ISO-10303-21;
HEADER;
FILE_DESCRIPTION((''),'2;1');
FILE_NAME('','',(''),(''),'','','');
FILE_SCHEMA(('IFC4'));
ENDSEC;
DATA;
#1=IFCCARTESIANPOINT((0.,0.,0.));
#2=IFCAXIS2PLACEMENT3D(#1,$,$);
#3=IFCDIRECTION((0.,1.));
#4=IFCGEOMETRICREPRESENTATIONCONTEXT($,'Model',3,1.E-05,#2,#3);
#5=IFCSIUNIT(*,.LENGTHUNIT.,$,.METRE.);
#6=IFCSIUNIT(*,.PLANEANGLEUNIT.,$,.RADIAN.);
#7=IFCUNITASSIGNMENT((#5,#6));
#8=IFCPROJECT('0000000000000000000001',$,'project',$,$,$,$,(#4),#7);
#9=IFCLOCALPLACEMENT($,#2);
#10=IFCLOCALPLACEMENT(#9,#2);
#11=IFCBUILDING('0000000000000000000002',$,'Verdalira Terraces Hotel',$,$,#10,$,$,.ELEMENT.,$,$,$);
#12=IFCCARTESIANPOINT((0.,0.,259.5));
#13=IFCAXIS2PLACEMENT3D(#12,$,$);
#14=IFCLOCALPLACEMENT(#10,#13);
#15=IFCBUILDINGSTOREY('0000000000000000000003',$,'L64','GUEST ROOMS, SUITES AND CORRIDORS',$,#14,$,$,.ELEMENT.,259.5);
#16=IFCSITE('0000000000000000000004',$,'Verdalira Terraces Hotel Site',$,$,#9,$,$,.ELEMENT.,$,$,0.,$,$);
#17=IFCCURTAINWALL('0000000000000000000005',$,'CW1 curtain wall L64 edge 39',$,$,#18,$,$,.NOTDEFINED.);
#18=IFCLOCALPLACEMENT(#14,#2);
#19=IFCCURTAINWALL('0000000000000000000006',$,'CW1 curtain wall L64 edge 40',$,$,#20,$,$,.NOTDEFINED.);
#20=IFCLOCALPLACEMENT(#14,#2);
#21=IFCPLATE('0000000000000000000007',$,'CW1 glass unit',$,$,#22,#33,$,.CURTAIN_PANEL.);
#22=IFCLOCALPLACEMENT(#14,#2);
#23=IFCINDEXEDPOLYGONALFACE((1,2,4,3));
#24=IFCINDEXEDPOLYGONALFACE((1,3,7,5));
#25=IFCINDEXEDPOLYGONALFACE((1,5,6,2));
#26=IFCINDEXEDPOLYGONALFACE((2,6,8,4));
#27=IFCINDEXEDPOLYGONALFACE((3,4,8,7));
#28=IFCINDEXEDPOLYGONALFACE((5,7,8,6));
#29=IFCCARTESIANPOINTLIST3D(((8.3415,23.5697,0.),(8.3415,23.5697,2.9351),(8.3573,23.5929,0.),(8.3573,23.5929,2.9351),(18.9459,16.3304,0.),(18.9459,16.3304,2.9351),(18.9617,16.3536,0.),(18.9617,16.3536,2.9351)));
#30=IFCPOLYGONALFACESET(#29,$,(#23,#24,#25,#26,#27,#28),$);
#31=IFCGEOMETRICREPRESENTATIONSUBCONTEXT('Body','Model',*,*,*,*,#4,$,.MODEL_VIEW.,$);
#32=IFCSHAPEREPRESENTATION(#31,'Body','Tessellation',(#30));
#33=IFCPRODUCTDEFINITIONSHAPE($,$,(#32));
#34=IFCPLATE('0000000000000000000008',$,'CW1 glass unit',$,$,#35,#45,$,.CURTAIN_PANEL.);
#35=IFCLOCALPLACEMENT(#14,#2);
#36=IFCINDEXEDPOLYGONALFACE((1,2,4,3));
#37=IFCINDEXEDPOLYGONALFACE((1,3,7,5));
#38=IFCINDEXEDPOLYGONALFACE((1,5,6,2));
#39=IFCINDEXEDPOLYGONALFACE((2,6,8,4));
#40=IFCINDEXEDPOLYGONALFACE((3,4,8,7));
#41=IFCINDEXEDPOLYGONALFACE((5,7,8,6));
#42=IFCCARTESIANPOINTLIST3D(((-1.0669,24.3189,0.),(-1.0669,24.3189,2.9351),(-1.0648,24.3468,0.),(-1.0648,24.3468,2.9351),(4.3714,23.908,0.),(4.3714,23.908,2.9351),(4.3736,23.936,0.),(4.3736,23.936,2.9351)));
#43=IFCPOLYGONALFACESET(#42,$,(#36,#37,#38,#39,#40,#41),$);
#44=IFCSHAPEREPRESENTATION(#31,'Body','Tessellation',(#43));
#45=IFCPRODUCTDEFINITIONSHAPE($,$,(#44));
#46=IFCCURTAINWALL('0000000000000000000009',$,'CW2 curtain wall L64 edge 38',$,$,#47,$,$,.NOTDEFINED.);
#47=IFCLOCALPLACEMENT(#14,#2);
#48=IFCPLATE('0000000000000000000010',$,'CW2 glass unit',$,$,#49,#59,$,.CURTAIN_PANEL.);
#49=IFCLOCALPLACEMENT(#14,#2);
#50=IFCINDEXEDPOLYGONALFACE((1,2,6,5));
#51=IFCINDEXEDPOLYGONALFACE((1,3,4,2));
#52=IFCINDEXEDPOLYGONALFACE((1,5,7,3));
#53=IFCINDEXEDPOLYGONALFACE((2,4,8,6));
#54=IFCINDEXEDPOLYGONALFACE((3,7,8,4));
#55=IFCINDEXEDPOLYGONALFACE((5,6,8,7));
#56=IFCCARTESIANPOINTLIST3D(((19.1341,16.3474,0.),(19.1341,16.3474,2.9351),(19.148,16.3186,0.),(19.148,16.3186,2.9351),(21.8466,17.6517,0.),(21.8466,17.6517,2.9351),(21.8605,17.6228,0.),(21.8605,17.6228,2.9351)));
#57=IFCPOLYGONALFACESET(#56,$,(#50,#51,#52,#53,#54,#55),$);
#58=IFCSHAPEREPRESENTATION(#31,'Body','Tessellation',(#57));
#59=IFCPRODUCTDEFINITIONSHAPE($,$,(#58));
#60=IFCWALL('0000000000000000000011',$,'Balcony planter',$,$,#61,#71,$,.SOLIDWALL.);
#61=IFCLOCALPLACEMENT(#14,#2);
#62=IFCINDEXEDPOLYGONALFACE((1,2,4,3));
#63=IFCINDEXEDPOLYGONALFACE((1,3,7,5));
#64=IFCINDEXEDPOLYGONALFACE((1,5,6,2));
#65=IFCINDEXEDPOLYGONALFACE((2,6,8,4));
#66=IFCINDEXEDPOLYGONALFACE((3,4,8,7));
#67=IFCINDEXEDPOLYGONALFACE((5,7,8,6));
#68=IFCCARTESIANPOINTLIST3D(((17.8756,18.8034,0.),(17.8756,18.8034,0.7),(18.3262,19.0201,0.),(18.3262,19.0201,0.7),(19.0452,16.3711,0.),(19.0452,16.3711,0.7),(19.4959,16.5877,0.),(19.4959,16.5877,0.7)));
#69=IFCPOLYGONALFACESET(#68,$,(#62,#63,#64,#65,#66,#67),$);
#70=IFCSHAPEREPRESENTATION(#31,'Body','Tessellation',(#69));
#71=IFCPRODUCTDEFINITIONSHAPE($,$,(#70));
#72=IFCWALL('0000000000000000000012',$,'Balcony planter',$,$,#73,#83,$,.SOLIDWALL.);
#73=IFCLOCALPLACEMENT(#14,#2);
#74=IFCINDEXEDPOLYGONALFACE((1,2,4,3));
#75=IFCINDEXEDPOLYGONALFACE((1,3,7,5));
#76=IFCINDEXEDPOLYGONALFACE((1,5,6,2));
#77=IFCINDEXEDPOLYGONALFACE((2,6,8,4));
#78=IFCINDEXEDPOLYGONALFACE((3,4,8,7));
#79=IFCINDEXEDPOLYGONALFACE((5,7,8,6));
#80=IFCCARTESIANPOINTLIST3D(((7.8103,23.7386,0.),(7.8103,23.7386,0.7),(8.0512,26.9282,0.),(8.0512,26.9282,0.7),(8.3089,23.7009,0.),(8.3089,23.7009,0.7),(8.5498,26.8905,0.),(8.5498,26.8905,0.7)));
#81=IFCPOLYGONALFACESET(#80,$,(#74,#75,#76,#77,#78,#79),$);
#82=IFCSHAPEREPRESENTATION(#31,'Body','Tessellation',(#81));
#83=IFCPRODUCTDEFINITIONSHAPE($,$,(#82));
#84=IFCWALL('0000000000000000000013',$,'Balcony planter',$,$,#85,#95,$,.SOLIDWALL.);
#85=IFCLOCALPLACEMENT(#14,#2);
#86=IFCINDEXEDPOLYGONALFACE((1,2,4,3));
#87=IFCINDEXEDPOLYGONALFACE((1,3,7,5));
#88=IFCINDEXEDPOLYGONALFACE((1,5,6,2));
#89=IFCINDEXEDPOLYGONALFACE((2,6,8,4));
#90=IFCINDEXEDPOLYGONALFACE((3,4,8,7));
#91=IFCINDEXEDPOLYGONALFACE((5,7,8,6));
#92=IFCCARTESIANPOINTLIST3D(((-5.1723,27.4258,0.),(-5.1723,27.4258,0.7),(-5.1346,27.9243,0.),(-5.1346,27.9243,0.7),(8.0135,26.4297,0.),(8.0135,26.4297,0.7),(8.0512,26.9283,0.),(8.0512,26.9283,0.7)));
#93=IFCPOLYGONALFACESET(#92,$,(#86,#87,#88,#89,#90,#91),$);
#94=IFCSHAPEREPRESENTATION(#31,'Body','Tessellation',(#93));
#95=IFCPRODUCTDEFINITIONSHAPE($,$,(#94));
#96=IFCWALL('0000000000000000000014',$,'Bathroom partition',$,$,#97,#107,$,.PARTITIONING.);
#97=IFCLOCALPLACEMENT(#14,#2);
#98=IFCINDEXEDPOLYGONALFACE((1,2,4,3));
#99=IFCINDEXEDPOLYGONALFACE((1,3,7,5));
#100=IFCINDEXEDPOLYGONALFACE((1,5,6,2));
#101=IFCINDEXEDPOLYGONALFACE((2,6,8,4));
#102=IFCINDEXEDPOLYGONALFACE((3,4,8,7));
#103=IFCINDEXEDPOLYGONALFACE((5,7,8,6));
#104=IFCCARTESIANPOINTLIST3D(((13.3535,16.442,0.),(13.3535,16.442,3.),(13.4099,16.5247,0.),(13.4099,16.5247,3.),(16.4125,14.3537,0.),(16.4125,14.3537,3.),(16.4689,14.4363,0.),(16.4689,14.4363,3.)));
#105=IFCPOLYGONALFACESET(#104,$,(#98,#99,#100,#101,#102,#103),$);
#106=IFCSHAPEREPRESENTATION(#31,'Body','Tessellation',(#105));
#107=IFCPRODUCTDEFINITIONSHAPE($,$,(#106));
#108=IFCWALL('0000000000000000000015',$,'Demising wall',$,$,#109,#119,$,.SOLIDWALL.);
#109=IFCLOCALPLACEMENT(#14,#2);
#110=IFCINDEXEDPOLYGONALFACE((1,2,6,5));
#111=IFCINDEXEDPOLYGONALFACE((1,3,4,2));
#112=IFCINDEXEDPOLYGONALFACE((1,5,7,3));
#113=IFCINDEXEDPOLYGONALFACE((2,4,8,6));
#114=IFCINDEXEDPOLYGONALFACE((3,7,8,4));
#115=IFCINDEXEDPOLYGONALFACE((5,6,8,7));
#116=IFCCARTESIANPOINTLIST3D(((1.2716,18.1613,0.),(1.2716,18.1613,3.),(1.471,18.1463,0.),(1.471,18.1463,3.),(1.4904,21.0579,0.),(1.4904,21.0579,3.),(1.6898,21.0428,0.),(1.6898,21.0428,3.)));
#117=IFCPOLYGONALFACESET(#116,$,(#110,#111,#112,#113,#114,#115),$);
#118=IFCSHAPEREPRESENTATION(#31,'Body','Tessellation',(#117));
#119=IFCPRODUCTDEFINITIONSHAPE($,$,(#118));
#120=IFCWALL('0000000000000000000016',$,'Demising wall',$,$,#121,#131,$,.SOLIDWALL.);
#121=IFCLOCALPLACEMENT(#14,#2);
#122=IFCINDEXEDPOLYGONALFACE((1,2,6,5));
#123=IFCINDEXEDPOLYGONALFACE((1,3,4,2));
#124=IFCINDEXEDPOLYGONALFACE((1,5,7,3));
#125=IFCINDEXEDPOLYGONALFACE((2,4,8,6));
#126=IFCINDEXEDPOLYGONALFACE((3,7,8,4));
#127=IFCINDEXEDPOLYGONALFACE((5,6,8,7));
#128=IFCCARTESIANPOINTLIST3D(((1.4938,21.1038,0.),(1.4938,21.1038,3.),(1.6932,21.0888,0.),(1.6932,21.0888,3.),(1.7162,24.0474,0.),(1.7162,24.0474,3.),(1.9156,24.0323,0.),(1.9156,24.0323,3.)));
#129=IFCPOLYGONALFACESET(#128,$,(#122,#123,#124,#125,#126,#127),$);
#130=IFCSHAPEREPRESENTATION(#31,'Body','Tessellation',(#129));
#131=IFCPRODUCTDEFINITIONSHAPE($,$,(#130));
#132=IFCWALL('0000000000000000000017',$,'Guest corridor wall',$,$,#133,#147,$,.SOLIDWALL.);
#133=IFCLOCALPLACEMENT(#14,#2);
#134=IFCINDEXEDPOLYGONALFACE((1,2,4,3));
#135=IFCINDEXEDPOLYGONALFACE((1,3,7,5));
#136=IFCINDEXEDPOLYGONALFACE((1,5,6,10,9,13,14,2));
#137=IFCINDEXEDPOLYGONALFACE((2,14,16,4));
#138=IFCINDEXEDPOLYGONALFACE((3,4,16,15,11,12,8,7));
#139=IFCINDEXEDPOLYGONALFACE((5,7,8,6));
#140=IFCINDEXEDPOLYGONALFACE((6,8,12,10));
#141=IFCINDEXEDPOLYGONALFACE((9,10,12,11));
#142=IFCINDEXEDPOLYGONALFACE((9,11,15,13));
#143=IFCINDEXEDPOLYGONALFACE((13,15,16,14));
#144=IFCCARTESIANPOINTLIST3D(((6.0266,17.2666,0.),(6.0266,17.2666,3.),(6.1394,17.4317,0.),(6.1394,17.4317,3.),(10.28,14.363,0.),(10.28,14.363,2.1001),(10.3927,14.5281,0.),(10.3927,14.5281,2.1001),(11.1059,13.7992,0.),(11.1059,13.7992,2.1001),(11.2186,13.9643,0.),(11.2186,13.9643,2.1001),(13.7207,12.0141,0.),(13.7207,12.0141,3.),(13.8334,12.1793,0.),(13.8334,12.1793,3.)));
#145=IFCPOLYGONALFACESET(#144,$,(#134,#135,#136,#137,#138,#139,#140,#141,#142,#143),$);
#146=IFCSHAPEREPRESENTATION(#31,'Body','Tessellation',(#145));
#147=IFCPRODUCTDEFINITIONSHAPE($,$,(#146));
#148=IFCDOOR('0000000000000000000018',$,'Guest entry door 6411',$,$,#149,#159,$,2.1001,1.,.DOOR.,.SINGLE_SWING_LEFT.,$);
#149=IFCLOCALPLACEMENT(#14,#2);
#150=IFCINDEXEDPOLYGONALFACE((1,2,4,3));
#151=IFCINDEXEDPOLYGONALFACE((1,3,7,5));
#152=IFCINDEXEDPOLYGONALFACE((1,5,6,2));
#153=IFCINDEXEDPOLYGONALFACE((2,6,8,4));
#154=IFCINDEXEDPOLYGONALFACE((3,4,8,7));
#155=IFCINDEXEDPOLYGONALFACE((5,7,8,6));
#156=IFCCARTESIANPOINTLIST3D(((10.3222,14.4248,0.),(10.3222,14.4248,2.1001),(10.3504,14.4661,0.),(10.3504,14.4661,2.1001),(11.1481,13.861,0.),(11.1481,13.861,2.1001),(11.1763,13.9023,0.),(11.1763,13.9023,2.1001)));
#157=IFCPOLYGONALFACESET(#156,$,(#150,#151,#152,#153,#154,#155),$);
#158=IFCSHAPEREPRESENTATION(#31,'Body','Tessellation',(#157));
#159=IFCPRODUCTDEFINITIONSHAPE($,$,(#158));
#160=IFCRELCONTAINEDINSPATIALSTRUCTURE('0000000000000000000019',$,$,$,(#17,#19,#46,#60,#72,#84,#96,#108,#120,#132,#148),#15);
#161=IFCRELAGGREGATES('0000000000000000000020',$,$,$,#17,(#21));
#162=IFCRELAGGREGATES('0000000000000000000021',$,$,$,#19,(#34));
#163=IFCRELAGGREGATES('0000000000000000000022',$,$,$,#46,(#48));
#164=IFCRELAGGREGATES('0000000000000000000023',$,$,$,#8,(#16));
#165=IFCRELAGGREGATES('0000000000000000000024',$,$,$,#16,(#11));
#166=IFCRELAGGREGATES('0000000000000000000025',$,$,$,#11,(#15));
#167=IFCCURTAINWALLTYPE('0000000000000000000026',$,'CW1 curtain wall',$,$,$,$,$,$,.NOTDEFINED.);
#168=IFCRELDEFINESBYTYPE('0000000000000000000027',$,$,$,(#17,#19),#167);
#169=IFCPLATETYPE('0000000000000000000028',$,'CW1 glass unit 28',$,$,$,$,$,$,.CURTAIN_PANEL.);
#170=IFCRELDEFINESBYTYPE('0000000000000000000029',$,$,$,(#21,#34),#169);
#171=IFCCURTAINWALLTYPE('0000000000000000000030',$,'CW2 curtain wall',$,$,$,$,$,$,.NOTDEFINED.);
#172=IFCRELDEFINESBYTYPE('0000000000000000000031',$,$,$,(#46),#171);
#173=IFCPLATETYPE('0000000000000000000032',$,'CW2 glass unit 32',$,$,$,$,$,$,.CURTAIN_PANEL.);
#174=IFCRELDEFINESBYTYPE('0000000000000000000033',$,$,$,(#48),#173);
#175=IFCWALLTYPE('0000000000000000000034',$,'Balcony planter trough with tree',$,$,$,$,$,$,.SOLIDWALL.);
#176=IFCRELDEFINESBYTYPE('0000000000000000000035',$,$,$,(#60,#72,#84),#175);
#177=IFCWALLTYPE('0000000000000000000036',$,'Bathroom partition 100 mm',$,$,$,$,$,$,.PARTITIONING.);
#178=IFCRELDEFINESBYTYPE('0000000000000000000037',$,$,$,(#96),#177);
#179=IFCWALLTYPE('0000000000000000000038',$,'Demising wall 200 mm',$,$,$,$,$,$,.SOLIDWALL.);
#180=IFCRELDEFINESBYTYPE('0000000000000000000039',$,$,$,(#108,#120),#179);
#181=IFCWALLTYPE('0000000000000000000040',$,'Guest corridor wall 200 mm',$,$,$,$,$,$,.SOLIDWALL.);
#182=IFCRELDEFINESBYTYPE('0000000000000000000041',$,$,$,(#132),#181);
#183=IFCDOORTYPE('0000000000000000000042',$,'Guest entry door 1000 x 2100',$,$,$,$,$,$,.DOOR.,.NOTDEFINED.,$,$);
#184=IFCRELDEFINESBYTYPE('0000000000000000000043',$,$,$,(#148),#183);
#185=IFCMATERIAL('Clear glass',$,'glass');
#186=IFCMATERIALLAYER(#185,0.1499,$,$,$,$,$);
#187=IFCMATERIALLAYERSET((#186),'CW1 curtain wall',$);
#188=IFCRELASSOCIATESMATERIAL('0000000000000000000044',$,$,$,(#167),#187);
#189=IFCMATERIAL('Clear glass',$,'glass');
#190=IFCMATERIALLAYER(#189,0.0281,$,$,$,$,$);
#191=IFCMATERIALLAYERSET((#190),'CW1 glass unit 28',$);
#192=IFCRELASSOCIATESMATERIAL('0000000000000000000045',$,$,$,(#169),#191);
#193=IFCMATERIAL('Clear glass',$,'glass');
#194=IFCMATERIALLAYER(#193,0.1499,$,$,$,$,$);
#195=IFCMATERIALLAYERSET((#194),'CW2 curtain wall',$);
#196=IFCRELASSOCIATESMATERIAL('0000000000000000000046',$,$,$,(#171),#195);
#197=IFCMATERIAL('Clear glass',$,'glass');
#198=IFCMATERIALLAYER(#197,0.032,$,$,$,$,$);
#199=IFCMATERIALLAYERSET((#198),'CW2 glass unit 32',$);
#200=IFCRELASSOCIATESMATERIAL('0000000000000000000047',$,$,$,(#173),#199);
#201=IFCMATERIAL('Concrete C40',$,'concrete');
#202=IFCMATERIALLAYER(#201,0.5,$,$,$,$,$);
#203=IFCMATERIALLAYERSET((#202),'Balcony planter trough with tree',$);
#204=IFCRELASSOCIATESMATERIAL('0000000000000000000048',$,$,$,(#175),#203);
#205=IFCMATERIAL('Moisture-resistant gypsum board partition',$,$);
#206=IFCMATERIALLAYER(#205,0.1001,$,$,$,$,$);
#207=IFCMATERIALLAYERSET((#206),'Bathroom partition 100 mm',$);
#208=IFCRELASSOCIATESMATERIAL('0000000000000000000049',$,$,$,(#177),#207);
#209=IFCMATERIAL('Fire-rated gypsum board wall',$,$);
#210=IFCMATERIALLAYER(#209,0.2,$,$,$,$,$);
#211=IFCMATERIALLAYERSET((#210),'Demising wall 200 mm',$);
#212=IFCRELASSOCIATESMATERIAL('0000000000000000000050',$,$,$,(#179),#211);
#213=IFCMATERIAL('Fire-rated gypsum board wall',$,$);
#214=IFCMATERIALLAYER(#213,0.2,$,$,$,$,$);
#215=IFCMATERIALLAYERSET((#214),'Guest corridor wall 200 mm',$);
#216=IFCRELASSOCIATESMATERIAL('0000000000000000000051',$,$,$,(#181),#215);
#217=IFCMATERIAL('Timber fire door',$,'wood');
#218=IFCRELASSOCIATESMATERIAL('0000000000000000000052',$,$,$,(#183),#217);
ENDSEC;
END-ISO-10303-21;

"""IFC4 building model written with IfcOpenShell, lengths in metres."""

from ifc_helpers import new_model, si_unit, direction, frame, frame_2d, origin, origin_2d, place, context, subcontext, project, spatial, rectangle, extrude, material, layer, layer_set, type_object, element, fill, aggregate, save


model = new_model("IFC4")

# Units and contexts
model_context = context("Model", 3, precision=1e-05, world=origin(), true_north=direction((0.0, 1.0)))
body_context = subcontext(model_context, "Body", "Model", "MODEL_VIEW")
ifc_project = project(units=[si_unit("LENGTHUNIT", "METRE"), si_unit("PLANEANGLEUNIT", "RADIAN")], contexts=[model_context])

# Site, building, storey
site_placement = place(None, origin())
site = spatial("IfcSite", under=ifc_project, at=site_placement, Name="Verdalira Terraces Hotel Site", CompositionType="ELEMENT", RefElevation=0.0)
building_placement = place(site_placement, origin())
building = spatial("IfcBuilding", under=site, at=building_placement, Name="Verdalira Terraces Hotel", CompositionType="ELEMENT")
storey_placement = place(building_placement, frame((0.0, 0.0, 259.5)))
storey = spatial("IfcBuildingStorey", under=building, at=storey_placement, Name="L64", Description="GUEST ROOMS, SUITES AND CORRIDORS", CompositionType="ELEMENT", Elevation=259.5)

# Curtain wall
ifc_material_1 = material(Name="Clear glass", Category="glass")
ifc_layer_1 = layer(ifc_material_1, 0.1499)
ifc_layer_set_1 = layer_set([ifc_layer_1], Name="CW1 curtain wall")
curtain_wall_type_1 = type_object("IfcCurtainWallType", Name="CW1 curtain wall", PredefinedType="NOTDEFINED", material=ifc_layer_set_1)
curtain_wall_1_placement = place(storey_placement, origin())
curtain_wall_1 = element("IfcCurtainWall", 1, at=curtain_wall_1_placement, inside=storey, type_object=curtain_wall_type_1, Name="CW1 curtain wall L64 edge 39", PredefinedType="NOTDEFINED")

# Curtain wall
curtain_wall_2_placement = place(storey_placement, origin())
curtain_wall_2 = element("IfcCurtainWall", 2, at=curtain_wall_2_placement, inside=storey, type_object=curtain_wall_type_1, Name="CW1 curtain wall L64 edge 40", PredefinedType="NOTDEFINED")

# Plates
ifc_material_2 = material(Name="Clear glass", Category="glass")
ifc_layer_2 = layer(ifc_material_2, 0.0281)
ifc_layer_set_2 = layer_set([ifc_layer_2], Name="CW1 glass unit 28")
plate_type_1 = type_object("IfcPlateType", Name="CW1 glass unit 28", PredefinedType="CURTAIN_PANEL", material=ifc_layer_set_2)
plate_1_placement = place(storey_placement, frame((13.6516, 19.9617, 0.0), z_axis=(0.0, 0.0, 1.0), x_axis=(-0.825902, 0.563814, 0.0)))
plate_1 = element("IfcPlate", 3, at=plate_1_placement, type_object=plate_type_1, Name="CW1 glass unit", PredefinedType="CURTAIN_PANEL", context=body_context, shape_type="SweptSolid", body=[
    extrude(rectangle(XDim=12.8398, YDim=0.0281, at=origin_2d()), origin(), (0.0, 0.0, 1.0), 2.9351),
])
aggregate(curtain_wall_1, [plate_1])
plate_2_placement = place(storey_placement, frame((1.6533, 24.1274, 0.0), z_axis=(0.0, 0.0, 1.0), x_axis=(-0.997159, 0.075327, 0.0)))
plate_2 = element("IfcPlate", 4, at=plate_2_placement, type_object=plate_type_1, Name="CW1 glass unit", PredefinedType="CURTAIN_PANEL", context=body_context, shape_type="SweptSolid", body=[
    extrude(rectangle(XDim=5.4539, YDim=0.0281, at=origin_2d()), origin(), (0.0, 0.0, 1.0), 2.9351),
])
aggregate(curtain_wall_2, [plate_2])

# Curtain wall, plate
ifc_material_3 = material(Name="Clear glass", Category="glass")
ifc_layer_3 = layer(ifc_material_3, 0.1499)
ifc_layer_set_3 = layer_set([ifc_layer_3], Name="CW2 curtain wall")
curtain_wall_type_2 = type_object("IfcCurtainWallType", Name="CW2 curtain wall", PredefinedType="NOTDEFINED", material=ifc_layer_set_3)
curtain_wall_3_placement = place(storey_placement, origin())
curtain_wall_3 = element("IfcCurtainWall", 5, at=curtain_wall_3_placement, inside=storey, type_object=curtain_wall_type_2, Name="CW2 curtain wall L64 edge 38", PredefinedType="NOTDEFINED")
ifc_material_4 = material(Name="Clear glass", Category="glass")
ifc_layer_4 = layer(ifc_material_4, 0.032)
ifc_layer_set_4 = layer_set([ifc_layer_4], Name="CW2 glass unit 32")
plate_type_2 = type_object("IfcPlateType", Name="CW2 glass unit 32", PredefinedType="CURTAIN_PANEL", material=ifc_layer_set_4)
plate_3_placement = place(storey_placement, frame((20.4973, 16.9851, 0.0), z_axis=(0.0, 0.0, 1.0), x_axis=(-0.901228, -0.433345, 0.0)))
plate_3 = element("IfcPlate", 6, at=plate_3_placement, type_object=plate_type_2, Name="CW2 glass unit", PredefinedType="CURTAIN_PANEL", context=body_context, shape_type="SweptSolid", body=[
    extrude(rectangle(XDim=3.0098, YDim=0.032, at=origin_2d()), origin(), (0.0, 0.0, 1.0), 2.9351),
])
aggregate(curtain_wall_3, [plate_3])

# Walls
ifc_material_5 = material(Name="Concrete C40", Category="concrete")
ifc_layer_5 = layer(ifc_material_5, 0.5)
ifc_layer_set_5 = layer_set([ifc_layer_5], Name="Balcony planter trough with tree")
wall_type_1 = type_object("IfcWallType", Name="Balcony planter trough with tree", PredefinedType="SOLIDWALL", material=ifc_layer_set_5)
wall_1_placement = place(storey_placement, frame((18.1008, 18.9119, 0.0), z_axis=(0.0, 0.0, 1.0), x_axis=(0.433375, -0.901214, 0.0)))
element("IfcWall", 7, at=wall_1_placement, inside=storey, type_object=wall_type_1, Name="Balcony planter", PredefinedType="SOLIDWALL", context=body_context, shape_type="SweptSolid", body=[
    extrude(rectangle(XDim=2.699, YDim=0.5, at=frame_2d((1.3496, 0.0))), origin(), (0.0, 0.0, 1.0), 0.7),
])
wall_2_placement = place(storey_placement, frame((8.0596, 23.7197, 0.0), z_axis=(0.0, 0.0, 1.0), x_axis=(0.075331, 0.997159, 0.0)))
element("IfcWall", 8, at=wall_2_placement, inside=storey, type_object=wall_type_1, Name="Balcony planter", PredefinedType="SOLIDWALL", context=body_context, shape_type="SweptSolid", body=[
    extrude(rectangle(XDim=3.1987, YDim=0.5, at=frame_2d((1.5994, 0.0))), origin(), (0.0, 0.0, 1.0), 0.7),
])
wall_3_placement = place(storey_placement, frame((8.0325, 26.679, 0.0), z_axis=(0.0, 0.0, 1.0), x_axis=(-0.997159, 0.075328, 0.0)))
element("IfcWall", 9, at=wall_3_placement, inside=storey, type_object=wall_type_1, Name="Balcony planter", PredefinedType="SOLIDWALL", context=body_context, shape_type="SweptSolid", body=[
    extrude(rectangle(XDim=13.2234, YDim=0.5, at=frame_2d((6.6118, 0.0))), origin(), (0.0, 0.0, 1.0), 0.7),
])
ifc_material_6 = material(Name="Moisture-resistant gypsum board partition")
ifc_layer_6 = layer(ifc_material_6, 0.1001)
ifc_layer_set_6 = layer_set([ifc_layer_6], Name="Bathroom partition 100 mm")
wall_type_2 = type_object("IfcWallType", Name="Bathroom partition 100 mm", PredefinedType="PARTITIONING", material=ifc_layer_set_6)
wall_4_placement = place(storey_placement, frame((13.3816, 16.4834, 0.0), z_axis=(0.0, 0.0, 1.0), x_axis=(0.825895, -0.563824, 0.0)))
element("IfcWall", 10, at=wall_4_placement, inside=storey, type_object=wall_type_2, Name="Bathroom partition", PredefinedType="PARTITIONING", context=body_context, shape_type="SweptSolid", body=[
    extrude(rectangle(XDim=3.7039, YDim=0.1001, at=frame_2d((1.8521, 0.0))), origin(), (0.0, 0.0, 1.0), 3.0),
])
ifc_material_7 = material(Name="Fire-rated gypsum board wall")
ifc_layer_7 = layer(ifc_material_7, 0.2)
ifc_layer_set_7 = layer_set([ifc_layer_7], Name="Demising wall 200 mm")
wall_type_3 = type_object("IfcWallType", Name="Demising wall 200 mm", PredefinedType="SOLIDWALL", material=ifc_layer_set_7)
wall_5_placement = place(storey_placement, frame((1.3713, 18.1538, 0.0), z_axis=(0.0, 0.0, 1.0), x_axis=(0.075308, 0.99716, 0.0)))
element("IfcWall", 11, at=wall_5_placement, inside=storey, type_object=wall_type_3, Name="Demising wall", PredefinedType="SOLIDWALL", context=body_context, shape_type="SweptSolid", body=[
    extrude(rectangle(XDim=2.9048, YDim=0.2, at=frame_2d((1.4524, 0.0))), origin(), (0.0, 0.0, 1.0), 3.0),
])
wall_6_placement = place(storey_placement, frame((1.5935, 21.0962, 0.0), z_axis=(0.0, 0.0, 1.0), x_axis=(0.075343, 0.997158, 0.0)))
element("IfcWall", 12, at=wall_6_placement, inside=storey, type_object=wall_type_3, Name="Demising wall", PredefinedType="SOLIDWALL", context=body_context, shape_type="SweptSolid", body=[
    extrude(rectangle(XDim=2.9519, YDim=0.2, at=frame_2d((1.4761, 0.0))), origin(), (0.0, 0.0, 1.0), 3.0),
])

# Wall, opening, door
ifc_material_8 = material(Name="Fire-rated gypsum board wall")
ifc_layer_8 = layer(ifc_material_8, 0.2)
ifc_layer_set_8 = layer_set([ifc_layer_8], Name="Guest corridor wall 200 mm")
wall_type_4 = type_object("IfcWallType", Name="Guest corridor wall 200 mm", PredefinedType="SOLIDWALL", material=ifc_layer_set_8)
wall_7_placement = place(storey_placement, frame((6.083, 17.3491, 0.0), z_axis=(0.0, 0.0, 1.0), x_axis=(0.825904, -0.563811, 0.0)))
wall_7 = element("IfcWall", 13, at=wall_7_placement, inside=storey, type_object=wall_type_4, Name="Guest corridor wall", PredefinedType="SOLIDWALL", context=body_context, shape_type="SweptSolid", body=[
    extrude(rectangle(XDim=9.3159, YDim=0.2, at=frame_2d((4.658, 0.0))), origin(), (0.0, 0.0, 1.0), 3.0),
])
opening_1_placement = place(wall_7_placement, frame((5.1499, 0.0, 0.0)))
opening_1 = element("IfcOpeningElement", 14, at=opening_1_placement, cuts=wall_7, PredefinedType="OPENING", context=body_context, shape_type="SweptSolid", body=[
    extrude(rectangle(XDim=1.0, YDim=2.1001, at=frame_2d((0.5, 1.05))), frame((0.0, 0.1099, 0.0), z_axis=(0.0, -1.0, 0.0), x_axis=(1.0, 0.0, 0.0)), (0.0, 0.0, 1.0), 0.22),
])
ifc_material_9 = material(Name="Timber fire door", Category="wood")
door_type_1 = type_object("IfcDoorType", Name="Guest entry door 1000 x 2100", OperationType="NOTDEFINED", PredefinedType="DOOR", material=ifc_material_9)
door_1_placement = place(opening_1_placement, origin())
door_1 = element("IfcDoor", 15, at=door_1_placement, inside=storey, type_object=door_type_1, Name="Guest entry door 6411", OperationType="SINGLE_SWING_LEFT", OverallHeight=2.1001, OverallWidth=1.0, PredefinedType="DOOR", context=body_context, shape_type="SweptSolid", body=[
    extrude(rectangle(XDim=1.0, YDim=2.1001, at=frame_2d((0.5, 1.05))), frame((0.0, 0.0249, 0.0), z_axis=(0.0, -1.0, 0.0), x_axis=(1.0, 0.0, 0.0)), (0.0, 0.0, 1.0), 0.05),
])
fill(opening_1, door_1)

save(model, "model.ifc")
